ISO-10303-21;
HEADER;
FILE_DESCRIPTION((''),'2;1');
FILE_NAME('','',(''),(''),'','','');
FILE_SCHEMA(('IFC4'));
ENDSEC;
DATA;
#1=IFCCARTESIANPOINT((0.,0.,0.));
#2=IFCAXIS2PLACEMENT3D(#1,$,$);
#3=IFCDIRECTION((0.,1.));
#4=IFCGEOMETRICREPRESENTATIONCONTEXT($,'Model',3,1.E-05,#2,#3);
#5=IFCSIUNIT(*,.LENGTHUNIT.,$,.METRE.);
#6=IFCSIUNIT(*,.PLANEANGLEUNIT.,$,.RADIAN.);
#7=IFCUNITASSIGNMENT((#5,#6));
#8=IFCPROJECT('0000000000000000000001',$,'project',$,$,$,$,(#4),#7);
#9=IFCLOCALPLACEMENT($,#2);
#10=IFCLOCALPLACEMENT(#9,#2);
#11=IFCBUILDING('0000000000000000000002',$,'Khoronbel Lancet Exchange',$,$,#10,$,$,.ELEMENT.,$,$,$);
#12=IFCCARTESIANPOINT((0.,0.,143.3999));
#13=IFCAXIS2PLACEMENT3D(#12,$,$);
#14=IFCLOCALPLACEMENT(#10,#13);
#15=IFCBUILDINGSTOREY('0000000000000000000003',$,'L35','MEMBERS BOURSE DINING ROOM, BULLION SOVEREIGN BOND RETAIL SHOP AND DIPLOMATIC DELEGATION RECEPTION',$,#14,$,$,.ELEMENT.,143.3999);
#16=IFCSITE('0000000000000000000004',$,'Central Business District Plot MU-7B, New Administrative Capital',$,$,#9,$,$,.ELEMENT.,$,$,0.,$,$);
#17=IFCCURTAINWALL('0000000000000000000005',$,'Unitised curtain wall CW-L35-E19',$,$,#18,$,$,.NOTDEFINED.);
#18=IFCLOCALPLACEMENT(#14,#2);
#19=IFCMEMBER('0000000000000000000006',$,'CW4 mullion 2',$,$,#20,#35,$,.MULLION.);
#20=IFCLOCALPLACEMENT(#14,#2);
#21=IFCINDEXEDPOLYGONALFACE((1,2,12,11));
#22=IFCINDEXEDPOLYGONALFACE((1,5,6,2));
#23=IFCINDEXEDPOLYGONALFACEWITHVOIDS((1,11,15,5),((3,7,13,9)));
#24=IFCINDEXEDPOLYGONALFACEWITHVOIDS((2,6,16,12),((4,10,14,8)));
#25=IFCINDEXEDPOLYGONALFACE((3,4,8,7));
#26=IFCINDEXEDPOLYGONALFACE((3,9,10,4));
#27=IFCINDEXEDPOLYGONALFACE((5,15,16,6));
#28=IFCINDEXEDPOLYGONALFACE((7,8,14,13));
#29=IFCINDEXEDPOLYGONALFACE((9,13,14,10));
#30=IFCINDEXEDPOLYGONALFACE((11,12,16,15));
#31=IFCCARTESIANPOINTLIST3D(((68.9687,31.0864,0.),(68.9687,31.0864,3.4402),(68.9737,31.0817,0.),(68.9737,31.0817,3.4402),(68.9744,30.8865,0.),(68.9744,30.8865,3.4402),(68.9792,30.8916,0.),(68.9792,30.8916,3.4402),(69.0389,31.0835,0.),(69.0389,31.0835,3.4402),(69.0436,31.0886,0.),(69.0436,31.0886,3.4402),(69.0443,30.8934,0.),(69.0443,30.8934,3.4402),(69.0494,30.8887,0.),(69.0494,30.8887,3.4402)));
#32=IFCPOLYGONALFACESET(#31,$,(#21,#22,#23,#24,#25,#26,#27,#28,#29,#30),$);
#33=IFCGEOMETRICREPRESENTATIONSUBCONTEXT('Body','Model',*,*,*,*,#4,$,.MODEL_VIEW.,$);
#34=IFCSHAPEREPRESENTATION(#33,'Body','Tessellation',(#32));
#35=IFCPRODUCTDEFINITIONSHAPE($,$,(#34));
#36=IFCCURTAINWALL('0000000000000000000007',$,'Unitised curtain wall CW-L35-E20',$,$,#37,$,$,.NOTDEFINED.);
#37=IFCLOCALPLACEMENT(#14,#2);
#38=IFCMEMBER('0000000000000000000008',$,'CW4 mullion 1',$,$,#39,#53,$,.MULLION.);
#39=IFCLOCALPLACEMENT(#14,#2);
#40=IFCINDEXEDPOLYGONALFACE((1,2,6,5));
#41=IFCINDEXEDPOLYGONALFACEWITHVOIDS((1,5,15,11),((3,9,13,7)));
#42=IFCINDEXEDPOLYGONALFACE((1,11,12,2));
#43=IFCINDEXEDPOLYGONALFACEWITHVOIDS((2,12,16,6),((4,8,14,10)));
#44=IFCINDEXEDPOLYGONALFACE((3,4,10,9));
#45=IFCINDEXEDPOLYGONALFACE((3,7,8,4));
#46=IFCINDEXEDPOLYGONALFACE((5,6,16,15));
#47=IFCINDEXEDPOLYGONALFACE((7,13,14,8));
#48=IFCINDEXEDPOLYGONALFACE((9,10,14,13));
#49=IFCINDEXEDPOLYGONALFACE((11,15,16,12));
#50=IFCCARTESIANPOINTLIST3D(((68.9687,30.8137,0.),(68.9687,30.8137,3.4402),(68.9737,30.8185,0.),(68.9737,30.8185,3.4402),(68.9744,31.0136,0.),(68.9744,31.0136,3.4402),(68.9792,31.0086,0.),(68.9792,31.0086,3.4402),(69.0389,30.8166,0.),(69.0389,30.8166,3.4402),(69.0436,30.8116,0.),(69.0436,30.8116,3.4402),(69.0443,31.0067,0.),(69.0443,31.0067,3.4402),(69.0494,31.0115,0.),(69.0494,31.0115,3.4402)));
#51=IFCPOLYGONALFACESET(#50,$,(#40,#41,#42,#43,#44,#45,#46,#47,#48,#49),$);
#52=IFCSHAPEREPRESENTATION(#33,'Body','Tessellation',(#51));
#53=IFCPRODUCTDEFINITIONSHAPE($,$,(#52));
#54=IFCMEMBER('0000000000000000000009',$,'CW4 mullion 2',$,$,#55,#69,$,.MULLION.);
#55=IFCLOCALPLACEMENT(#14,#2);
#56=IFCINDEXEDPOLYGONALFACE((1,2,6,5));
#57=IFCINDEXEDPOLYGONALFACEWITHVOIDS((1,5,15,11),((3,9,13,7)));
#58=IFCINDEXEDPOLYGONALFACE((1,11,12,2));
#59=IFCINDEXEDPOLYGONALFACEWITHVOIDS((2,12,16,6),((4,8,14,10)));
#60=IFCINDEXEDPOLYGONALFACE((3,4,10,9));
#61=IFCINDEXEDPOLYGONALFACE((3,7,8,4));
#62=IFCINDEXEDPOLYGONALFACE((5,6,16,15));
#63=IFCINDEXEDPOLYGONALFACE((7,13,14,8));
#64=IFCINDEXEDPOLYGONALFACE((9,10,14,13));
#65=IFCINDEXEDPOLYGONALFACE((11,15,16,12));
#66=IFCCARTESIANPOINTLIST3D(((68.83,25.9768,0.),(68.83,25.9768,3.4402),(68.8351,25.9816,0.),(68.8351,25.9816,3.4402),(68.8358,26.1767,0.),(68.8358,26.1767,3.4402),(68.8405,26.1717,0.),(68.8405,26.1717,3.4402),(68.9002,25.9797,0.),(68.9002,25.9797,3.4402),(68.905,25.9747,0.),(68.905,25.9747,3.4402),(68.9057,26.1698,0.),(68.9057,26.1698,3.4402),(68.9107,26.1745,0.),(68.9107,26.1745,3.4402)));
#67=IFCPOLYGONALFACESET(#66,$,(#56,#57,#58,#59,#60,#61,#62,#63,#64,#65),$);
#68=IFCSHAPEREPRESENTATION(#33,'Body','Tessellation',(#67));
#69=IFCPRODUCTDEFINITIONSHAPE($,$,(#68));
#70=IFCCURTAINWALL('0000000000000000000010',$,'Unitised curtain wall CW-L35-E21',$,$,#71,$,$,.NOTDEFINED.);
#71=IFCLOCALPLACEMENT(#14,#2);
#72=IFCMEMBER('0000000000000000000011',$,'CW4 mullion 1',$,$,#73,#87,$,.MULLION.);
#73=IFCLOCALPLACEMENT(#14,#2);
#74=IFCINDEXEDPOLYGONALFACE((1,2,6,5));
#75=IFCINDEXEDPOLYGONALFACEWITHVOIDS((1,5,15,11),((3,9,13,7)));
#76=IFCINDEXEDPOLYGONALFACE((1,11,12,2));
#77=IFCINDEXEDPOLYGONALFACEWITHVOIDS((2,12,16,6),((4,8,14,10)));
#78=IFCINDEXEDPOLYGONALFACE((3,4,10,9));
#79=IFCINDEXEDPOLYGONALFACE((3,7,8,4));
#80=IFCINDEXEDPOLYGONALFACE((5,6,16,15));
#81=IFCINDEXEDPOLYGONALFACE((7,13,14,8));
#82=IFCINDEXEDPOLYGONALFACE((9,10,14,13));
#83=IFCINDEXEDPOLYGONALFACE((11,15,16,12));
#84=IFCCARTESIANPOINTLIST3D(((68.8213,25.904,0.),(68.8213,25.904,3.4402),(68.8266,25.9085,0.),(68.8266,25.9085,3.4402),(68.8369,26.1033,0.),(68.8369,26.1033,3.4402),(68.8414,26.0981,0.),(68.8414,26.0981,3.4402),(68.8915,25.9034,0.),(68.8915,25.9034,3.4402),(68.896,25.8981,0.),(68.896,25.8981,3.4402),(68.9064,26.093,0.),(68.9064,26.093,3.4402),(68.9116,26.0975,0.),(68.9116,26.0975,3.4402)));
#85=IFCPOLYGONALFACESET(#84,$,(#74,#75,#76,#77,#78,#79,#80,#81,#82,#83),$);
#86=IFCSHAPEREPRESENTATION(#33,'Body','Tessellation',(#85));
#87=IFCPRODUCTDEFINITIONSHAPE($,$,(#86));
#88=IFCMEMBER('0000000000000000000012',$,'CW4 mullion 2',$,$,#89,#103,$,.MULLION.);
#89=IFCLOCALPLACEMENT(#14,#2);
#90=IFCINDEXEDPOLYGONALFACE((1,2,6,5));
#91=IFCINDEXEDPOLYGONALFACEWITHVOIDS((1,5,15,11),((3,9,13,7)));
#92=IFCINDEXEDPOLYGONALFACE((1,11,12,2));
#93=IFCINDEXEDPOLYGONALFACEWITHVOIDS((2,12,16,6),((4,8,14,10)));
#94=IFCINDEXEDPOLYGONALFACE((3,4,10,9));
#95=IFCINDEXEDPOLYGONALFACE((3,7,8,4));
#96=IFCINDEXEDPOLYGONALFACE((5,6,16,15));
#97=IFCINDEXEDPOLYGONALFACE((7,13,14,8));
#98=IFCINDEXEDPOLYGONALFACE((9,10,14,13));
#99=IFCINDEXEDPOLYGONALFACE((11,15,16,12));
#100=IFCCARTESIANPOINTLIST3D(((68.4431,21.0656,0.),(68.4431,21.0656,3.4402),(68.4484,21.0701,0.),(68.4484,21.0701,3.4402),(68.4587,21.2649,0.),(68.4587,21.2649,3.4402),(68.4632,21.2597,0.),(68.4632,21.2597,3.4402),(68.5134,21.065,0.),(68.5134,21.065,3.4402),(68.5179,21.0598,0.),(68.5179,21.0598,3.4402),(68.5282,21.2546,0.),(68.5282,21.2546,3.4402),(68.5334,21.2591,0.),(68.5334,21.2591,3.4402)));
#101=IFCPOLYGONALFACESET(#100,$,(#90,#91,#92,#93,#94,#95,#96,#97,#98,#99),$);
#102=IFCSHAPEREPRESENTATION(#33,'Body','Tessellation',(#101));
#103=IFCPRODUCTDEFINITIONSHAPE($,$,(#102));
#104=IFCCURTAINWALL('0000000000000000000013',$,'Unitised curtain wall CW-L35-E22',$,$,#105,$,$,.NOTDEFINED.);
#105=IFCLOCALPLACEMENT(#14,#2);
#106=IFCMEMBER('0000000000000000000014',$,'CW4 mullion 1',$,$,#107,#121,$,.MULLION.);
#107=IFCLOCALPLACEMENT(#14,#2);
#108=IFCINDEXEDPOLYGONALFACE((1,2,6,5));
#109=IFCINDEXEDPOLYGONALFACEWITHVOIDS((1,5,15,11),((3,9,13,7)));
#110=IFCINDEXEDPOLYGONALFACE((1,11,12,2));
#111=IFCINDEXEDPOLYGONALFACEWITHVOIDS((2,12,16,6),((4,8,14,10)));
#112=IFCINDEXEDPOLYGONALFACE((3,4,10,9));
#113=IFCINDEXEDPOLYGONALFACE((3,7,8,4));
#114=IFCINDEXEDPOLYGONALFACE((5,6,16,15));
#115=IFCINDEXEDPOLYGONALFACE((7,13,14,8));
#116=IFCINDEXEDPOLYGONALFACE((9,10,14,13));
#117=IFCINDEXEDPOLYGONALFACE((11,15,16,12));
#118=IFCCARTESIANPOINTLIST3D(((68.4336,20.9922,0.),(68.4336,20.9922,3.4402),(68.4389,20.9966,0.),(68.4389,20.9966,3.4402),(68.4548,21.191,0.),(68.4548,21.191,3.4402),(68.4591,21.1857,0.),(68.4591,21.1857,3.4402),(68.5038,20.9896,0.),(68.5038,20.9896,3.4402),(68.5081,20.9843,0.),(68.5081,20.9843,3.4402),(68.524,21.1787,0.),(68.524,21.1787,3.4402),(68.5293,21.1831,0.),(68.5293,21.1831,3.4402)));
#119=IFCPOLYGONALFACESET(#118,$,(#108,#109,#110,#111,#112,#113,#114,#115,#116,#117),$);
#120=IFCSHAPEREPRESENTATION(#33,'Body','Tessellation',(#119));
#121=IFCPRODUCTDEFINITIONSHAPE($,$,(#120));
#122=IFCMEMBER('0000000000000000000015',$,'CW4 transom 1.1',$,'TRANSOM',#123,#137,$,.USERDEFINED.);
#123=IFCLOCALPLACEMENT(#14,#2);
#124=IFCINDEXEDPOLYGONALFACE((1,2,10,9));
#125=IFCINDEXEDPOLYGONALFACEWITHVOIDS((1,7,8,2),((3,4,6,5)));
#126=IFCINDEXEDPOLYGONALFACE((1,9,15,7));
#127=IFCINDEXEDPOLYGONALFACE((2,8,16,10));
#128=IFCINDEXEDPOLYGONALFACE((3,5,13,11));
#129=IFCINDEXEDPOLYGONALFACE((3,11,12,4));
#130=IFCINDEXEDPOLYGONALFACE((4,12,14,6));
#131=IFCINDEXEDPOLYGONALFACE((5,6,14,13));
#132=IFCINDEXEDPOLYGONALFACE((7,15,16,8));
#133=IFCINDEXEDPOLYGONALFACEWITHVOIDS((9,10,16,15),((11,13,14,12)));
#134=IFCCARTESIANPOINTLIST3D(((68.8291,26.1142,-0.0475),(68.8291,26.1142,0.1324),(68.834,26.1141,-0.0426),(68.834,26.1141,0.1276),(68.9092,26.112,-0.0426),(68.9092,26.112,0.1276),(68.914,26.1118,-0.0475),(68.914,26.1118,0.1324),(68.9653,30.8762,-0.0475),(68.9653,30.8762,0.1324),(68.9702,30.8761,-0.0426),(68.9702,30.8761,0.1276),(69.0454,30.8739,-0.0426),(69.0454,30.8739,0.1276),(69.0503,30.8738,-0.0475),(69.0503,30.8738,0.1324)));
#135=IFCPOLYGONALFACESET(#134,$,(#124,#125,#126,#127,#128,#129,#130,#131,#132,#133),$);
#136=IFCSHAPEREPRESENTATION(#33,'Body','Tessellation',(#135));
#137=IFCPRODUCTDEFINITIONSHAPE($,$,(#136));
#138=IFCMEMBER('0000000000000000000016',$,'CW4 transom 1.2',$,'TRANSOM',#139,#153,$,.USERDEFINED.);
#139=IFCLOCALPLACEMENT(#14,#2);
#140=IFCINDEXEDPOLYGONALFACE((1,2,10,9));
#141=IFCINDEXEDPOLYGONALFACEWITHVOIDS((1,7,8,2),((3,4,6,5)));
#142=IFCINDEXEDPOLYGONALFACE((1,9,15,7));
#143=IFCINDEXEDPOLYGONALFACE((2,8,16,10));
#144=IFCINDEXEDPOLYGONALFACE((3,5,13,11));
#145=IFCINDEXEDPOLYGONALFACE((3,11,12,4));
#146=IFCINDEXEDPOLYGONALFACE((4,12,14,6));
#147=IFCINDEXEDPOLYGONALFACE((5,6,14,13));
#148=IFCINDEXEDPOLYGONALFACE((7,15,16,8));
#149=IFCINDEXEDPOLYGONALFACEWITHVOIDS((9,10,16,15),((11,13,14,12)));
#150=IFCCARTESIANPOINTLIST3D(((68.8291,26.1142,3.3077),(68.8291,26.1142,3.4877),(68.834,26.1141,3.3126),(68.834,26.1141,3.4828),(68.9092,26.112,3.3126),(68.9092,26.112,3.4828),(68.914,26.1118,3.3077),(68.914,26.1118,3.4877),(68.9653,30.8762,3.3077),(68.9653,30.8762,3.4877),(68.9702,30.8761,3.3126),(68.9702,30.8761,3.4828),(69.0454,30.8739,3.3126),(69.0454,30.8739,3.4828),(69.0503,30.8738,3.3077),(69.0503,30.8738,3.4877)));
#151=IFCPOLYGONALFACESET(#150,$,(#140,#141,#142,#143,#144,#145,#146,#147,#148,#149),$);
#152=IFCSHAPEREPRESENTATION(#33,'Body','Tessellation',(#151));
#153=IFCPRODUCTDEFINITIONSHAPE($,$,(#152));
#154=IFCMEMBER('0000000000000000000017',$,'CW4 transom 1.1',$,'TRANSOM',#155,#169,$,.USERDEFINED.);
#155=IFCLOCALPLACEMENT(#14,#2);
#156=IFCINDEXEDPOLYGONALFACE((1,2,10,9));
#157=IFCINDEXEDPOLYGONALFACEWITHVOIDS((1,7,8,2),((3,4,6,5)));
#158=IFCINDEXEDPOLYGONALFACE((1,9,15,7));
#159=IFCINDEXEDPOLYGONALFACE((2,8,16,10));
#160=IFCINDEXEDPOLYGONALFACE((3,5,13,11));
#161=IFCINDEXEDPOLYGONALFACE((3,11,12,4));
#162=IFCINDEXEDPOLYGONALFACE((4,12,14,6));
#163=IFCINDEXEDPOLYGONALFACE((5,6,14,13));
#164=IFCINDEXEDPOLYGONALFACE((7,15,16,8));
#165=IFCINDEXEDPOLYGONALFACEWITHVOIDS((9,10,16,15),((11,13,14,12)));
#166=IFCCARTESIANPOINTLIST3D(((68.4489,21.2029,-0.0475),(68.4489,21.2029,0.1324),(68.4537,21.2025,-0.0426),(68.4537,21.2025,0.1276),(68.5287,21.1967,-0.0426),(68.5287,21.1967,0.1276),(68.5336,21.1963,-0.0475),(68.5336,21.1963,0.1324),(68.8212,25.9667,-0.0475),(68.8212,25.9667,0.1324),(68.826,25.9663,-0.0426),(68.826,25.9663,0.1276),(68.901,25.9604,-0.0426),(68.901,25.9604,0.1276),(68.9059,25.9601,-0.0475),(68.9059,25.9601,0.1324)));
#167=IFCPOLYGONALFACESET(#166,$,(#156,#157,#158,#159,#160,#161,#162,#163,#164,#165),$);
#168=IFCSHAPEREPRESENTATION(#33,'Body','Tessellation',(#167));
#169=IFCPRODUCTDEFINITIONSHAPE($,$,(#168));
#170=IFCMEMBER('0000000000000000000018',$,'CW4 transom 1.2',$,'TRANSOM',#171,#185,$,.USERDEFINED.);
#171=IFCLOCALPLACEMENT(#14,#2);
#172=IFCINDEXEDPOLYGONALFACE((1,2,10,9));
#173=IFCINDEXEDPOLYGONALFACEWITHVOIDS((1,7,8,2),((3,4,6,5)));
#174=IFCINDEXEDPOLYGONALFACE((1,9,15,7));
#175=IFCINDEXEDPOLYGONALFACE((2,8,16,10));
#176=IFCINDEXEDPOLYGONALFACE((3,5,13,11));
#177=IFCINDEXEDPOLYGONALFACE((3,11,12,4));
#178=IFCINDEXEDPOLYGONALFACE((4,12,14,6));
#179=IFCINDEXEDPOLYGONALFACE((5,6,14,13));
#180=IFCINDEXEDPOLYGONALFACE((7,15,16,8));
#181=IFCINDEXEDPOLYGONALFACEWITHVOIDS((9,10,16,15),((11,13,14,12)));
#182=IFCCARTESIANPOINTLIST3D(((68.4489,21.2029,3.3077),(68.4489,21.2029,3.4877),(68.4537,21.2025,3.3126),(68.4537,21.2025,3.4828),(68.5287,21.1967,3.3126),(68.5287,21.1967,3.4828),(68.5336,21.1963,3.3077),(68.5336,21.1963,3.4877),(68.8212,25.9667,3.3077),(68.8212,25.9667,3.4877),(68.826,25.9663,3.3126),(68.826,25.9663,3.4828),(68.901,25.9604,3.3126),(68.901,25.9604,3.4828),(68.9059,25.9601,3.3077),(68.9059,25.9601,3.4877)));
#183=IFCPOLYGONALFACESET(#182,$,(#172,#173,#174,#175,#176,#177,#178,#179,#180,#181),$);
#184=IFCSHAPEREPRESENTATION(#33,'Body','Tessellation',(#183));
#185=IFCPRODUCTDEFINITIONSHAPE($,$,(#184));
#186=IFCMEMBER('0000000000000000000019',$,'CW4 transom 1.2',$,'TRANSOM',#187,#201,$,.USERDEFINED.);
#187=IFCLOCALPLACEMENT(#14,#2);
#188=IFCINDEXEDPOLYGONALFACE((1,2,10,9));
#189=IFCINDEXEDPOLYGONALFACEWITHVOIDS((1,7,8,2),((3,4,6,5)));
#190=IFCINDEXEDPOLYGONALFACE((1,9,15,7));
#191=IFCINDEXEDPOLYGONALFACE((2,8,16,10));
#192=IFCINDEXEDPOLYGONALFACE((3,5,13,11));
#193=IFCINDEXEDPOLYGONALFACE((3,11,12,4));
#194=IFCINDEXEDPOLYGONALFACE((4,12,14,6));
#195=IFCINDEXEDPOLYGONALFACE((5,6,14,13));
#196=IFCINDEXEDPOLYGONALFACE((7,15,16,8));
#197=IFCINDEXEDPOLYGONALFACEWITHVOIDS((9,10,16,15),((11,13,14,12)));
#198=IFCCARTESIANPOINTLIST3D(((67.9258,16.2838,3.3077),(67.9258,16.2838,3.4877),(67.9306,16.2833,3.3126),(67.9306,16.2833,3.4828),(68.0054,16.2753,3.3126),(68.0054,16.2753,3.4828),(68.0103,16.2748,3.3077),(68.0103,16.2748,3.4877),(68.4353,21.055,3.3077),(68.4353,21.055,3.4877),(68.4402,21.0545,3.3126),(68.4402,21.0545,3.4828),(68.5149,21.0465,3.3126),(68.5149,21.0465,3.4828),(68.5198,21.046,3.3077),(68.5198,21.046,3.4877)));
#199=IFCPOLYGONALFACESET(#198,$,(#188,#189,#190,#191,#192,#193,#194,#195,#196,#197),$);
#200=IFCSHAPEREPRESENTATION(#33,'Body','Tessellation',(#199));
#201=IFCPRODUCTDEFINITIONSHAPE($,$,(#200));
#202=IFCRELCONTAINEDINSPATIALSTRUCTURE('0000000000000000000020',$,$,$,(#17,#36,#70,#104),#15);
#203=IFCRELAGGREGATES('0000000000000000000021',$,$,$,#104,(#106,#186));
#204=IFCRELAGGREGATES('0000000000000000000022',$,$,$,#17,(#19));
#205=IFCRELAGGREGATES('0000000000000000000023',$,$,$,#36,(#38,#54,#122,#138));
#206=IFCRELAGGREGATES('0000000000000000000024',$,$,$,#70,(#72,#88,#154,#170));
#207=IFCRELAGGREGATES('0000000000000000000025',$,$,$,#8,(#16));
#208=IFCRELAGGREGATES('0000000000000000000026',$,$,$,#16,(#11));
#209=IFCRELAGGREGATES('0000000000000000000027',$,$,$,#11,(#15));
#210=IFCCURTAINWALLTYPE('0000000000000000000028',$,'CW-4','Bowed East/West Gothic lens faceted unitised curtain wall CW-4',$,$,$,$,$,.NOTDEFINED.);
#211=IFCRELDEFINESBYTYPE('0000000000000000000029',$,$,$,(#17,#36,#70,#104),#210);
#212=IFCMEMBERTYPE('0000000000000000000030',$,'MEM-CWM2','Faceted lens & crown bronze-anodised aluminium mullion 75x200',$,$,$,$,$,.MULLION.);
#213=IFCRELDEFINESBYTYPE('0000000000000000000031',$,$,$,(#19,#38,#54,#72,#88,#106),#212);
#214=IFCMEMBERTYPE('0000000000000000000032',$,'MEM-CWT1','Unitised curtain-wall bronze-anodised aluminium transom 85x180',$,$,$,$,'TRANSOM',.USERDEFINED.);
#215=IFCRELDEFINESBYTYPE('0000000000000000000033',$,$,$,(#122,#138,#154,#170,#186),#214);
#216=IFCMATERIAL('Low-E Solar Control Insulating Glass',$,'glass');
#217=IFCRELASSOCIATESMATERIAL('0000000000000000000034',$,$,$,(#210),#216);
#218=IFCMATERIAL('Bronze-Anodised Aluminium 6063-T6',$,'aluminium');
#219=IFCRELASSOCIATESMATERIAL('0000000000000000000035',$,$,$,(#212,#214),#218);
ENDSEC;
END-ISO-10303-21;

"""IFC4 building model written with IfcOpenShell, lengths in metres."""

from ifc_helpers import new_model, si_unit, direction, frame, origin, origin_2d, place, context, subcontext, project, spatial, hollow_rectangle, extrude, material, material_profile, profile_set, type_object, element, aggregate, save


model = new_model("IFC4")

# Units and contexts
model_context = context("Model", 3, precision=1e-05, world=origin(), true_north=direction((0.0, 1.0)))
body_context = subcontext(model_context, "Body", "Model", "MODEL_VIEW")
ifc_project = project(units=[si_unit("LENGTHUNIT", "METRE"), si_unit("PLANEANGLEUNIT", "RADIAN")], contexts=[model_context])

# Site, building, storey
site_placement = place(None, origin())
site = spatial("IfcSite", under=ifc_project, at=site_placement, Name="Central Business District Plot MU-7B, New Administrative Capital", CompositionType="ELEMENT", RefElevation=0.0)
building_placement = place(site_placement, origin())
building = spatial("IfcBuilding", under=site, at=building_placement, Name="Khoronbel Lancet Exchange", CompositionType="ELEMENT")
storey_placement = place(building_placement, frame((0.0, 0.0, 143.3999)))
storey = spatial("IfcBuildingStorey", under=building, at=storey_placement, Name="L35", Description="MEMBERS BOURSE DINING ROOM, BULLION SOVEREIGN BOND RETAIL SHOP AND DIPLOMATIC DELEGATION RECEPTION", CompositionType="ELEMENT", Elevation=143.3999)

# Curtain wall, member
ifc_material_1 = material(Name="Low-E Solar Control Insulating Glass", Category="glass")
curtain_wall_type = type_object("IfcCurtainWallType", Name="CW-4", Description="Bowed East/West Gothic lens faceted unitised curtain wall CW-4", PredefinedType="NOTDEFINED", material=ifc_material_1)
curtain_wall_1_placement = place(storey_placement, origin())
curtain_wall_1 = element("IfcCurtainWall", 1, at=curtain_wall_1_placement, inside=storey, type_object=curtain_wall_type, Name="Unitised curtain wall CW-L35-E19", PredefinedType="NOTDEFINED")
ifc_material_2 = material(Name="Bronze-Anodised Aluminium 6063-T6", Category="aluminium")
ifc_material_profile_1 = material_profile(ifc_material_2, hollow_rectangle(XDim=0.075, YDim=0.2, WallThickness=0.0049, at=origin_2d()), Name="ALU MULLION 75x200")
ifc_profile_set_1 = profile_set([ifc_material_profile_1], Name="Bronze-Anodised Aluminium 6063-T6")
member_type_1 = type_object("IfcMemberType", Name="MEM-CWM2", Description="Faceted lens & crown bronze-anodised aluminium mullion 75x200", PredefinedType="MULLION", material=ifc_profile_set_1)
member_1_placement = place(storey_placement, frame((69.009, 30.9875, 0.0), z_axis=(0.0, 0.0, 1.0), x_axis=(0.999591, 0.028613, 0.0)))
member_1 = element("IfcMember", 2, at=member_1_placement, type_object=member_type_1, Name="CW4 mullion 2", PredefinedType="MULLION", context=body_context, shape_type="SweptSolid", body=[
    extrude(hollow_rectangle(XDim=0.075, YDim=0.2, WallThickness=0.0049, at=origin_2d()), origin(), (0.0, 0.0, 1.0), 3.4402),
])

# Curtain walls, members
curtain_wall_2_placement = place(storey_placement, origin())
curtain_wall_2 = element("IfcCurtainWall", 3, at=curtain_wall_2_placement, inside=storey, type_object=curtain_wall_type, Name="Unitised curtain wall CW-L35-E20", PredefinedType="NOTDEFINED")
member_2_placement = place(storey_placement, frame((69.009, 30.9126, 0.0), z_axis=(0.0, 0.0, 1.0), x_axis=(0.999591, -0.028613, 0.0)))
member_2 = element("IfcMember", 4, at=member_2_placement, type_object=member_type_1, Name="CW4 mullion 1", PredefinedType="MULLION", context=body_context, shape_type="SweptSolid", body=[
    extrude(hollow_rectangle(XDim=0.075, YDim=0.2, WallThickness=0.0049, at=origin_2d()), origin(), (0.0, 0.0, 1.0), 3.4402),
])
member_3_placement = place(storey_placement, frame((68.8704, 26.0757, 0.0), z_axis=(0.0, 0.0, 1.0), x_axis=(0.999591, -0.028613, 0.0)))
member_3 = element("IfcMember", 5, at=member_3_placement, type_object=member_type_1, Name="CW4 mullion 2", PredefinedType="MULLION", context=body_context, shape_type="SweptSolid", body=[
    extrude(hollow_rectangle(XDim=0.075, YDim=0.2, WallThickness=0.0049, at=origin_2d()), origin(), (0.0, 0.0, 1.0), 3.4402),
])
curtain_wall_3_placement = place(storey_placement, origin())
curtain_wall_3 = element("IfcCurtainWall", 6, at=curtain_wall_3_placement, inside=storey, type_object=curtain_wall_type, Name="Unitised curtain wall CW-L35-E21", PredefinedType="NOTDEFINED")
member_4_placement = place(storey_placement, frame((68.8665, 26.0007, 0.0), z_axis=(0.0, 0.0, 1.0), x_axis=(0.99696, -0.077921, 0.0)))
member_4 = element("IfcMember", 7, at=member_4_placement, type_object=member_type_1, Name="CW4 mullion 1", PredefinedType="MULLION", context=body_context, shape_type="SweptSolid", body=[
    extrude(hollow_rectangle(XDim=0.075, YDim=0.2, WallThickness=0.0049, at=origin_2d()), origin(), (0.0, 0.0, 1.0), 3.4402),
])
member_5_placement = place(storey_placement, frame((68.4883, 21.1624, 0.0), z_axis=(0.0, 0.0, 1.0), x_axis=(0.99696, -0.077921, 0.0)))
member_5 = element("IfcMember", 8, at=member_5_placement, type_object=member_type_1, Name="CW4 mullion 2", PredefinedType="MULLION", context=body_context, shape_type="SweptSolid", body=[
    extrude(hollow_rectangle(XDim=0.075, YDim=0.2, WallThickness=0.0049, at=origin_2d()), origin(), (0.0, 0.0, 1.0), 3.4402),
])

# Curtain wall, member
curtain_wall_4_placement = place(storey_placement, origin())
curtain_wall_4 = element("IfcCurtainWall", 9, at=curtain_wall_4_placement, inside=storey, type_object=curtain_wall_type, Name="Unitised curtain wall CW-L35-E22", PredefinedType="NOTDEFINED")
member_6_placement = place(storey_placement, frame((68.4814, 21.0876, 0.0), z_axis=(0.0, 0.0, 1.0), x_axis=(0.994347, -0.106181, 0.0)))
member_6 = element("IfcMember", 10, at=member_6_placement, type_object=member_type_1, Name="CW4 mullion 1", PredefinedType="MULLION", context=body_context, shape_type="SweptSolid", body=[
    extrude(hollow_rectangle(XDim=0.075, YDim=0.2, WallThickness=0.0049, at=origin_2d()), origin(), (0.0, 0.0, 1.0), 3.4402),
])

# Members
ifc_material_profile_2 = material_profile(ifc_material_2, hollow_rectangle(XDim=0.085, YDim=0.1799, WallThickness=0.0049, at=origin_2d()), Name="ALU TRANSOM 85x180")
ifc_profile_set_2 = profile_set([ifc_material_profile_2], Name="Bronze-Anodised Aluminium 6063-T6")
member_type_2 = type_object("IfcMemberType", Name="MEM-CWT1", Description="Unitised curtain-wall bronze-anodised aluminium transom 85x180", ElementType="TRANSOM", PredefinedType="USERDEFINED", material=ifc_profile_set_2)
member_7_placement = place(storey_placement, frame((69.0078, 30.875, 0.0425), z_axis=(-0.028596, -0.999591, 0.0), x_axis=(0.999591, -0.028596, 0.0)))
member_7 = element("IfcMember", 11, at=member_7_placement, type_object=member_type_2, Name="CW4 transom 1.1", ObjectType="TRANSOM", PredefinedType="USERDEFINED", context=body_context, shape_type="SweptSolid", body=[
    extrude(hollow_rectangle(XDim=0.085, YDim=0.1799, WallThickness=0.0049, at=origin_2d()), origin(), (0.0, 0.0, 1.0), 4.7639),
])
member_8_placement = place(storey_placement, frame((69.0078, 30.875, 3.3977), z_axis=(-0.028596, -0.999591, 0.0), x_axis=(0.999591, -0.028596, 0.0)))
member_8 = element("IfcMember", 12, at=member_8_placement, type_object=member_type_2, Name="CW4 transom 1.2", ObjectType="TRANSOM", PredefinedType="USERDEFINED", context=body_context, shape_type="SweptSolid", body=[
    extrude(hollow_rectangle(XDim=0.085, YDim=0.1799, WallThickness=0.0049, at=origin_2d()), origin(), (0.0, 0.0, 1.0), 4.7639),
])
member_9_placement = place(storey_placement, frame((68.8635, 25.9634, 0.0425), z_axis=(-0.077919, -0.99696, 0.0), x_axis=(0.99696, -0.077919, 0.0)))
member_9 = element("IfcMember", 13, at=member_9_placement, type_object=member_type_2, Name="CW4 transom 1.1", ObjectType="TRANSOM", PredefinedType="USERDEFINED", context=body_context, shape_type="SweptSolid", body=[
    extrude(hollow_rectangle(XDim=0.085, YDim=0.1799, WallThickness=0.0049, at=origin_2d()), origin(), (0.0, 0.0, 1.0), 4.7783),
])
member_10_placement = place(storey_placement, frame((68.8635, 25.9634, 3.3977), z_axis=(-0.077919, -0.99696, 0.0), x_axis=(0.99696, -0.077919, 0.0)))
member_10 = element("IfcMember", 14, at=member_10_placement, type_object=member_type_2, Name="CW4 transom 1.2", ObjectType="TRANSOM", PredefinedType="USERDEFINED", context=body_context, shape_type="SweptSolid", body=[
    extrude(hollow_rectangle(XDim=0.085, YDim=0.1799, WallThickness=0.0049, at=origin_2d()), origin(), (0.0, 0.0, 1.0), 4.7783),
])
member_11_placement = place(storey_placement, frame((68.4775, 21.0505, 3.3977), z_axis=(-0.106186, -0.994346, 0.0), x_axis=(0.994346, -0.106186, 0.0)))
member_11 = element("IfcMember", 15, at=member_11_placement, type_object=member_type_2, Name="CW4 transom 1.2", ObjectType="TRANSOM", PredefinedType="USERDEFINED", context=body_context, shape_type="SweptSolid", body=[
    extrude(hollow_rectangle(XDim=0.085, YDim=0.1799, WallThickness=0.0049, at=origin_2d()), origin(), (0.0, 0.0, 1.0), 4.7983),
])
aggregate(curtain_wall_4, [member_6, member_11])

aggregate(curtain_wall_1, [member_1])
aggregate(curtain_wall_2, [member_2, member_3, member_7, member_8])
aggregate(curtain_wall_3, [member_4, member_5, member_9, member_10])

save(model, "model.ifc")
